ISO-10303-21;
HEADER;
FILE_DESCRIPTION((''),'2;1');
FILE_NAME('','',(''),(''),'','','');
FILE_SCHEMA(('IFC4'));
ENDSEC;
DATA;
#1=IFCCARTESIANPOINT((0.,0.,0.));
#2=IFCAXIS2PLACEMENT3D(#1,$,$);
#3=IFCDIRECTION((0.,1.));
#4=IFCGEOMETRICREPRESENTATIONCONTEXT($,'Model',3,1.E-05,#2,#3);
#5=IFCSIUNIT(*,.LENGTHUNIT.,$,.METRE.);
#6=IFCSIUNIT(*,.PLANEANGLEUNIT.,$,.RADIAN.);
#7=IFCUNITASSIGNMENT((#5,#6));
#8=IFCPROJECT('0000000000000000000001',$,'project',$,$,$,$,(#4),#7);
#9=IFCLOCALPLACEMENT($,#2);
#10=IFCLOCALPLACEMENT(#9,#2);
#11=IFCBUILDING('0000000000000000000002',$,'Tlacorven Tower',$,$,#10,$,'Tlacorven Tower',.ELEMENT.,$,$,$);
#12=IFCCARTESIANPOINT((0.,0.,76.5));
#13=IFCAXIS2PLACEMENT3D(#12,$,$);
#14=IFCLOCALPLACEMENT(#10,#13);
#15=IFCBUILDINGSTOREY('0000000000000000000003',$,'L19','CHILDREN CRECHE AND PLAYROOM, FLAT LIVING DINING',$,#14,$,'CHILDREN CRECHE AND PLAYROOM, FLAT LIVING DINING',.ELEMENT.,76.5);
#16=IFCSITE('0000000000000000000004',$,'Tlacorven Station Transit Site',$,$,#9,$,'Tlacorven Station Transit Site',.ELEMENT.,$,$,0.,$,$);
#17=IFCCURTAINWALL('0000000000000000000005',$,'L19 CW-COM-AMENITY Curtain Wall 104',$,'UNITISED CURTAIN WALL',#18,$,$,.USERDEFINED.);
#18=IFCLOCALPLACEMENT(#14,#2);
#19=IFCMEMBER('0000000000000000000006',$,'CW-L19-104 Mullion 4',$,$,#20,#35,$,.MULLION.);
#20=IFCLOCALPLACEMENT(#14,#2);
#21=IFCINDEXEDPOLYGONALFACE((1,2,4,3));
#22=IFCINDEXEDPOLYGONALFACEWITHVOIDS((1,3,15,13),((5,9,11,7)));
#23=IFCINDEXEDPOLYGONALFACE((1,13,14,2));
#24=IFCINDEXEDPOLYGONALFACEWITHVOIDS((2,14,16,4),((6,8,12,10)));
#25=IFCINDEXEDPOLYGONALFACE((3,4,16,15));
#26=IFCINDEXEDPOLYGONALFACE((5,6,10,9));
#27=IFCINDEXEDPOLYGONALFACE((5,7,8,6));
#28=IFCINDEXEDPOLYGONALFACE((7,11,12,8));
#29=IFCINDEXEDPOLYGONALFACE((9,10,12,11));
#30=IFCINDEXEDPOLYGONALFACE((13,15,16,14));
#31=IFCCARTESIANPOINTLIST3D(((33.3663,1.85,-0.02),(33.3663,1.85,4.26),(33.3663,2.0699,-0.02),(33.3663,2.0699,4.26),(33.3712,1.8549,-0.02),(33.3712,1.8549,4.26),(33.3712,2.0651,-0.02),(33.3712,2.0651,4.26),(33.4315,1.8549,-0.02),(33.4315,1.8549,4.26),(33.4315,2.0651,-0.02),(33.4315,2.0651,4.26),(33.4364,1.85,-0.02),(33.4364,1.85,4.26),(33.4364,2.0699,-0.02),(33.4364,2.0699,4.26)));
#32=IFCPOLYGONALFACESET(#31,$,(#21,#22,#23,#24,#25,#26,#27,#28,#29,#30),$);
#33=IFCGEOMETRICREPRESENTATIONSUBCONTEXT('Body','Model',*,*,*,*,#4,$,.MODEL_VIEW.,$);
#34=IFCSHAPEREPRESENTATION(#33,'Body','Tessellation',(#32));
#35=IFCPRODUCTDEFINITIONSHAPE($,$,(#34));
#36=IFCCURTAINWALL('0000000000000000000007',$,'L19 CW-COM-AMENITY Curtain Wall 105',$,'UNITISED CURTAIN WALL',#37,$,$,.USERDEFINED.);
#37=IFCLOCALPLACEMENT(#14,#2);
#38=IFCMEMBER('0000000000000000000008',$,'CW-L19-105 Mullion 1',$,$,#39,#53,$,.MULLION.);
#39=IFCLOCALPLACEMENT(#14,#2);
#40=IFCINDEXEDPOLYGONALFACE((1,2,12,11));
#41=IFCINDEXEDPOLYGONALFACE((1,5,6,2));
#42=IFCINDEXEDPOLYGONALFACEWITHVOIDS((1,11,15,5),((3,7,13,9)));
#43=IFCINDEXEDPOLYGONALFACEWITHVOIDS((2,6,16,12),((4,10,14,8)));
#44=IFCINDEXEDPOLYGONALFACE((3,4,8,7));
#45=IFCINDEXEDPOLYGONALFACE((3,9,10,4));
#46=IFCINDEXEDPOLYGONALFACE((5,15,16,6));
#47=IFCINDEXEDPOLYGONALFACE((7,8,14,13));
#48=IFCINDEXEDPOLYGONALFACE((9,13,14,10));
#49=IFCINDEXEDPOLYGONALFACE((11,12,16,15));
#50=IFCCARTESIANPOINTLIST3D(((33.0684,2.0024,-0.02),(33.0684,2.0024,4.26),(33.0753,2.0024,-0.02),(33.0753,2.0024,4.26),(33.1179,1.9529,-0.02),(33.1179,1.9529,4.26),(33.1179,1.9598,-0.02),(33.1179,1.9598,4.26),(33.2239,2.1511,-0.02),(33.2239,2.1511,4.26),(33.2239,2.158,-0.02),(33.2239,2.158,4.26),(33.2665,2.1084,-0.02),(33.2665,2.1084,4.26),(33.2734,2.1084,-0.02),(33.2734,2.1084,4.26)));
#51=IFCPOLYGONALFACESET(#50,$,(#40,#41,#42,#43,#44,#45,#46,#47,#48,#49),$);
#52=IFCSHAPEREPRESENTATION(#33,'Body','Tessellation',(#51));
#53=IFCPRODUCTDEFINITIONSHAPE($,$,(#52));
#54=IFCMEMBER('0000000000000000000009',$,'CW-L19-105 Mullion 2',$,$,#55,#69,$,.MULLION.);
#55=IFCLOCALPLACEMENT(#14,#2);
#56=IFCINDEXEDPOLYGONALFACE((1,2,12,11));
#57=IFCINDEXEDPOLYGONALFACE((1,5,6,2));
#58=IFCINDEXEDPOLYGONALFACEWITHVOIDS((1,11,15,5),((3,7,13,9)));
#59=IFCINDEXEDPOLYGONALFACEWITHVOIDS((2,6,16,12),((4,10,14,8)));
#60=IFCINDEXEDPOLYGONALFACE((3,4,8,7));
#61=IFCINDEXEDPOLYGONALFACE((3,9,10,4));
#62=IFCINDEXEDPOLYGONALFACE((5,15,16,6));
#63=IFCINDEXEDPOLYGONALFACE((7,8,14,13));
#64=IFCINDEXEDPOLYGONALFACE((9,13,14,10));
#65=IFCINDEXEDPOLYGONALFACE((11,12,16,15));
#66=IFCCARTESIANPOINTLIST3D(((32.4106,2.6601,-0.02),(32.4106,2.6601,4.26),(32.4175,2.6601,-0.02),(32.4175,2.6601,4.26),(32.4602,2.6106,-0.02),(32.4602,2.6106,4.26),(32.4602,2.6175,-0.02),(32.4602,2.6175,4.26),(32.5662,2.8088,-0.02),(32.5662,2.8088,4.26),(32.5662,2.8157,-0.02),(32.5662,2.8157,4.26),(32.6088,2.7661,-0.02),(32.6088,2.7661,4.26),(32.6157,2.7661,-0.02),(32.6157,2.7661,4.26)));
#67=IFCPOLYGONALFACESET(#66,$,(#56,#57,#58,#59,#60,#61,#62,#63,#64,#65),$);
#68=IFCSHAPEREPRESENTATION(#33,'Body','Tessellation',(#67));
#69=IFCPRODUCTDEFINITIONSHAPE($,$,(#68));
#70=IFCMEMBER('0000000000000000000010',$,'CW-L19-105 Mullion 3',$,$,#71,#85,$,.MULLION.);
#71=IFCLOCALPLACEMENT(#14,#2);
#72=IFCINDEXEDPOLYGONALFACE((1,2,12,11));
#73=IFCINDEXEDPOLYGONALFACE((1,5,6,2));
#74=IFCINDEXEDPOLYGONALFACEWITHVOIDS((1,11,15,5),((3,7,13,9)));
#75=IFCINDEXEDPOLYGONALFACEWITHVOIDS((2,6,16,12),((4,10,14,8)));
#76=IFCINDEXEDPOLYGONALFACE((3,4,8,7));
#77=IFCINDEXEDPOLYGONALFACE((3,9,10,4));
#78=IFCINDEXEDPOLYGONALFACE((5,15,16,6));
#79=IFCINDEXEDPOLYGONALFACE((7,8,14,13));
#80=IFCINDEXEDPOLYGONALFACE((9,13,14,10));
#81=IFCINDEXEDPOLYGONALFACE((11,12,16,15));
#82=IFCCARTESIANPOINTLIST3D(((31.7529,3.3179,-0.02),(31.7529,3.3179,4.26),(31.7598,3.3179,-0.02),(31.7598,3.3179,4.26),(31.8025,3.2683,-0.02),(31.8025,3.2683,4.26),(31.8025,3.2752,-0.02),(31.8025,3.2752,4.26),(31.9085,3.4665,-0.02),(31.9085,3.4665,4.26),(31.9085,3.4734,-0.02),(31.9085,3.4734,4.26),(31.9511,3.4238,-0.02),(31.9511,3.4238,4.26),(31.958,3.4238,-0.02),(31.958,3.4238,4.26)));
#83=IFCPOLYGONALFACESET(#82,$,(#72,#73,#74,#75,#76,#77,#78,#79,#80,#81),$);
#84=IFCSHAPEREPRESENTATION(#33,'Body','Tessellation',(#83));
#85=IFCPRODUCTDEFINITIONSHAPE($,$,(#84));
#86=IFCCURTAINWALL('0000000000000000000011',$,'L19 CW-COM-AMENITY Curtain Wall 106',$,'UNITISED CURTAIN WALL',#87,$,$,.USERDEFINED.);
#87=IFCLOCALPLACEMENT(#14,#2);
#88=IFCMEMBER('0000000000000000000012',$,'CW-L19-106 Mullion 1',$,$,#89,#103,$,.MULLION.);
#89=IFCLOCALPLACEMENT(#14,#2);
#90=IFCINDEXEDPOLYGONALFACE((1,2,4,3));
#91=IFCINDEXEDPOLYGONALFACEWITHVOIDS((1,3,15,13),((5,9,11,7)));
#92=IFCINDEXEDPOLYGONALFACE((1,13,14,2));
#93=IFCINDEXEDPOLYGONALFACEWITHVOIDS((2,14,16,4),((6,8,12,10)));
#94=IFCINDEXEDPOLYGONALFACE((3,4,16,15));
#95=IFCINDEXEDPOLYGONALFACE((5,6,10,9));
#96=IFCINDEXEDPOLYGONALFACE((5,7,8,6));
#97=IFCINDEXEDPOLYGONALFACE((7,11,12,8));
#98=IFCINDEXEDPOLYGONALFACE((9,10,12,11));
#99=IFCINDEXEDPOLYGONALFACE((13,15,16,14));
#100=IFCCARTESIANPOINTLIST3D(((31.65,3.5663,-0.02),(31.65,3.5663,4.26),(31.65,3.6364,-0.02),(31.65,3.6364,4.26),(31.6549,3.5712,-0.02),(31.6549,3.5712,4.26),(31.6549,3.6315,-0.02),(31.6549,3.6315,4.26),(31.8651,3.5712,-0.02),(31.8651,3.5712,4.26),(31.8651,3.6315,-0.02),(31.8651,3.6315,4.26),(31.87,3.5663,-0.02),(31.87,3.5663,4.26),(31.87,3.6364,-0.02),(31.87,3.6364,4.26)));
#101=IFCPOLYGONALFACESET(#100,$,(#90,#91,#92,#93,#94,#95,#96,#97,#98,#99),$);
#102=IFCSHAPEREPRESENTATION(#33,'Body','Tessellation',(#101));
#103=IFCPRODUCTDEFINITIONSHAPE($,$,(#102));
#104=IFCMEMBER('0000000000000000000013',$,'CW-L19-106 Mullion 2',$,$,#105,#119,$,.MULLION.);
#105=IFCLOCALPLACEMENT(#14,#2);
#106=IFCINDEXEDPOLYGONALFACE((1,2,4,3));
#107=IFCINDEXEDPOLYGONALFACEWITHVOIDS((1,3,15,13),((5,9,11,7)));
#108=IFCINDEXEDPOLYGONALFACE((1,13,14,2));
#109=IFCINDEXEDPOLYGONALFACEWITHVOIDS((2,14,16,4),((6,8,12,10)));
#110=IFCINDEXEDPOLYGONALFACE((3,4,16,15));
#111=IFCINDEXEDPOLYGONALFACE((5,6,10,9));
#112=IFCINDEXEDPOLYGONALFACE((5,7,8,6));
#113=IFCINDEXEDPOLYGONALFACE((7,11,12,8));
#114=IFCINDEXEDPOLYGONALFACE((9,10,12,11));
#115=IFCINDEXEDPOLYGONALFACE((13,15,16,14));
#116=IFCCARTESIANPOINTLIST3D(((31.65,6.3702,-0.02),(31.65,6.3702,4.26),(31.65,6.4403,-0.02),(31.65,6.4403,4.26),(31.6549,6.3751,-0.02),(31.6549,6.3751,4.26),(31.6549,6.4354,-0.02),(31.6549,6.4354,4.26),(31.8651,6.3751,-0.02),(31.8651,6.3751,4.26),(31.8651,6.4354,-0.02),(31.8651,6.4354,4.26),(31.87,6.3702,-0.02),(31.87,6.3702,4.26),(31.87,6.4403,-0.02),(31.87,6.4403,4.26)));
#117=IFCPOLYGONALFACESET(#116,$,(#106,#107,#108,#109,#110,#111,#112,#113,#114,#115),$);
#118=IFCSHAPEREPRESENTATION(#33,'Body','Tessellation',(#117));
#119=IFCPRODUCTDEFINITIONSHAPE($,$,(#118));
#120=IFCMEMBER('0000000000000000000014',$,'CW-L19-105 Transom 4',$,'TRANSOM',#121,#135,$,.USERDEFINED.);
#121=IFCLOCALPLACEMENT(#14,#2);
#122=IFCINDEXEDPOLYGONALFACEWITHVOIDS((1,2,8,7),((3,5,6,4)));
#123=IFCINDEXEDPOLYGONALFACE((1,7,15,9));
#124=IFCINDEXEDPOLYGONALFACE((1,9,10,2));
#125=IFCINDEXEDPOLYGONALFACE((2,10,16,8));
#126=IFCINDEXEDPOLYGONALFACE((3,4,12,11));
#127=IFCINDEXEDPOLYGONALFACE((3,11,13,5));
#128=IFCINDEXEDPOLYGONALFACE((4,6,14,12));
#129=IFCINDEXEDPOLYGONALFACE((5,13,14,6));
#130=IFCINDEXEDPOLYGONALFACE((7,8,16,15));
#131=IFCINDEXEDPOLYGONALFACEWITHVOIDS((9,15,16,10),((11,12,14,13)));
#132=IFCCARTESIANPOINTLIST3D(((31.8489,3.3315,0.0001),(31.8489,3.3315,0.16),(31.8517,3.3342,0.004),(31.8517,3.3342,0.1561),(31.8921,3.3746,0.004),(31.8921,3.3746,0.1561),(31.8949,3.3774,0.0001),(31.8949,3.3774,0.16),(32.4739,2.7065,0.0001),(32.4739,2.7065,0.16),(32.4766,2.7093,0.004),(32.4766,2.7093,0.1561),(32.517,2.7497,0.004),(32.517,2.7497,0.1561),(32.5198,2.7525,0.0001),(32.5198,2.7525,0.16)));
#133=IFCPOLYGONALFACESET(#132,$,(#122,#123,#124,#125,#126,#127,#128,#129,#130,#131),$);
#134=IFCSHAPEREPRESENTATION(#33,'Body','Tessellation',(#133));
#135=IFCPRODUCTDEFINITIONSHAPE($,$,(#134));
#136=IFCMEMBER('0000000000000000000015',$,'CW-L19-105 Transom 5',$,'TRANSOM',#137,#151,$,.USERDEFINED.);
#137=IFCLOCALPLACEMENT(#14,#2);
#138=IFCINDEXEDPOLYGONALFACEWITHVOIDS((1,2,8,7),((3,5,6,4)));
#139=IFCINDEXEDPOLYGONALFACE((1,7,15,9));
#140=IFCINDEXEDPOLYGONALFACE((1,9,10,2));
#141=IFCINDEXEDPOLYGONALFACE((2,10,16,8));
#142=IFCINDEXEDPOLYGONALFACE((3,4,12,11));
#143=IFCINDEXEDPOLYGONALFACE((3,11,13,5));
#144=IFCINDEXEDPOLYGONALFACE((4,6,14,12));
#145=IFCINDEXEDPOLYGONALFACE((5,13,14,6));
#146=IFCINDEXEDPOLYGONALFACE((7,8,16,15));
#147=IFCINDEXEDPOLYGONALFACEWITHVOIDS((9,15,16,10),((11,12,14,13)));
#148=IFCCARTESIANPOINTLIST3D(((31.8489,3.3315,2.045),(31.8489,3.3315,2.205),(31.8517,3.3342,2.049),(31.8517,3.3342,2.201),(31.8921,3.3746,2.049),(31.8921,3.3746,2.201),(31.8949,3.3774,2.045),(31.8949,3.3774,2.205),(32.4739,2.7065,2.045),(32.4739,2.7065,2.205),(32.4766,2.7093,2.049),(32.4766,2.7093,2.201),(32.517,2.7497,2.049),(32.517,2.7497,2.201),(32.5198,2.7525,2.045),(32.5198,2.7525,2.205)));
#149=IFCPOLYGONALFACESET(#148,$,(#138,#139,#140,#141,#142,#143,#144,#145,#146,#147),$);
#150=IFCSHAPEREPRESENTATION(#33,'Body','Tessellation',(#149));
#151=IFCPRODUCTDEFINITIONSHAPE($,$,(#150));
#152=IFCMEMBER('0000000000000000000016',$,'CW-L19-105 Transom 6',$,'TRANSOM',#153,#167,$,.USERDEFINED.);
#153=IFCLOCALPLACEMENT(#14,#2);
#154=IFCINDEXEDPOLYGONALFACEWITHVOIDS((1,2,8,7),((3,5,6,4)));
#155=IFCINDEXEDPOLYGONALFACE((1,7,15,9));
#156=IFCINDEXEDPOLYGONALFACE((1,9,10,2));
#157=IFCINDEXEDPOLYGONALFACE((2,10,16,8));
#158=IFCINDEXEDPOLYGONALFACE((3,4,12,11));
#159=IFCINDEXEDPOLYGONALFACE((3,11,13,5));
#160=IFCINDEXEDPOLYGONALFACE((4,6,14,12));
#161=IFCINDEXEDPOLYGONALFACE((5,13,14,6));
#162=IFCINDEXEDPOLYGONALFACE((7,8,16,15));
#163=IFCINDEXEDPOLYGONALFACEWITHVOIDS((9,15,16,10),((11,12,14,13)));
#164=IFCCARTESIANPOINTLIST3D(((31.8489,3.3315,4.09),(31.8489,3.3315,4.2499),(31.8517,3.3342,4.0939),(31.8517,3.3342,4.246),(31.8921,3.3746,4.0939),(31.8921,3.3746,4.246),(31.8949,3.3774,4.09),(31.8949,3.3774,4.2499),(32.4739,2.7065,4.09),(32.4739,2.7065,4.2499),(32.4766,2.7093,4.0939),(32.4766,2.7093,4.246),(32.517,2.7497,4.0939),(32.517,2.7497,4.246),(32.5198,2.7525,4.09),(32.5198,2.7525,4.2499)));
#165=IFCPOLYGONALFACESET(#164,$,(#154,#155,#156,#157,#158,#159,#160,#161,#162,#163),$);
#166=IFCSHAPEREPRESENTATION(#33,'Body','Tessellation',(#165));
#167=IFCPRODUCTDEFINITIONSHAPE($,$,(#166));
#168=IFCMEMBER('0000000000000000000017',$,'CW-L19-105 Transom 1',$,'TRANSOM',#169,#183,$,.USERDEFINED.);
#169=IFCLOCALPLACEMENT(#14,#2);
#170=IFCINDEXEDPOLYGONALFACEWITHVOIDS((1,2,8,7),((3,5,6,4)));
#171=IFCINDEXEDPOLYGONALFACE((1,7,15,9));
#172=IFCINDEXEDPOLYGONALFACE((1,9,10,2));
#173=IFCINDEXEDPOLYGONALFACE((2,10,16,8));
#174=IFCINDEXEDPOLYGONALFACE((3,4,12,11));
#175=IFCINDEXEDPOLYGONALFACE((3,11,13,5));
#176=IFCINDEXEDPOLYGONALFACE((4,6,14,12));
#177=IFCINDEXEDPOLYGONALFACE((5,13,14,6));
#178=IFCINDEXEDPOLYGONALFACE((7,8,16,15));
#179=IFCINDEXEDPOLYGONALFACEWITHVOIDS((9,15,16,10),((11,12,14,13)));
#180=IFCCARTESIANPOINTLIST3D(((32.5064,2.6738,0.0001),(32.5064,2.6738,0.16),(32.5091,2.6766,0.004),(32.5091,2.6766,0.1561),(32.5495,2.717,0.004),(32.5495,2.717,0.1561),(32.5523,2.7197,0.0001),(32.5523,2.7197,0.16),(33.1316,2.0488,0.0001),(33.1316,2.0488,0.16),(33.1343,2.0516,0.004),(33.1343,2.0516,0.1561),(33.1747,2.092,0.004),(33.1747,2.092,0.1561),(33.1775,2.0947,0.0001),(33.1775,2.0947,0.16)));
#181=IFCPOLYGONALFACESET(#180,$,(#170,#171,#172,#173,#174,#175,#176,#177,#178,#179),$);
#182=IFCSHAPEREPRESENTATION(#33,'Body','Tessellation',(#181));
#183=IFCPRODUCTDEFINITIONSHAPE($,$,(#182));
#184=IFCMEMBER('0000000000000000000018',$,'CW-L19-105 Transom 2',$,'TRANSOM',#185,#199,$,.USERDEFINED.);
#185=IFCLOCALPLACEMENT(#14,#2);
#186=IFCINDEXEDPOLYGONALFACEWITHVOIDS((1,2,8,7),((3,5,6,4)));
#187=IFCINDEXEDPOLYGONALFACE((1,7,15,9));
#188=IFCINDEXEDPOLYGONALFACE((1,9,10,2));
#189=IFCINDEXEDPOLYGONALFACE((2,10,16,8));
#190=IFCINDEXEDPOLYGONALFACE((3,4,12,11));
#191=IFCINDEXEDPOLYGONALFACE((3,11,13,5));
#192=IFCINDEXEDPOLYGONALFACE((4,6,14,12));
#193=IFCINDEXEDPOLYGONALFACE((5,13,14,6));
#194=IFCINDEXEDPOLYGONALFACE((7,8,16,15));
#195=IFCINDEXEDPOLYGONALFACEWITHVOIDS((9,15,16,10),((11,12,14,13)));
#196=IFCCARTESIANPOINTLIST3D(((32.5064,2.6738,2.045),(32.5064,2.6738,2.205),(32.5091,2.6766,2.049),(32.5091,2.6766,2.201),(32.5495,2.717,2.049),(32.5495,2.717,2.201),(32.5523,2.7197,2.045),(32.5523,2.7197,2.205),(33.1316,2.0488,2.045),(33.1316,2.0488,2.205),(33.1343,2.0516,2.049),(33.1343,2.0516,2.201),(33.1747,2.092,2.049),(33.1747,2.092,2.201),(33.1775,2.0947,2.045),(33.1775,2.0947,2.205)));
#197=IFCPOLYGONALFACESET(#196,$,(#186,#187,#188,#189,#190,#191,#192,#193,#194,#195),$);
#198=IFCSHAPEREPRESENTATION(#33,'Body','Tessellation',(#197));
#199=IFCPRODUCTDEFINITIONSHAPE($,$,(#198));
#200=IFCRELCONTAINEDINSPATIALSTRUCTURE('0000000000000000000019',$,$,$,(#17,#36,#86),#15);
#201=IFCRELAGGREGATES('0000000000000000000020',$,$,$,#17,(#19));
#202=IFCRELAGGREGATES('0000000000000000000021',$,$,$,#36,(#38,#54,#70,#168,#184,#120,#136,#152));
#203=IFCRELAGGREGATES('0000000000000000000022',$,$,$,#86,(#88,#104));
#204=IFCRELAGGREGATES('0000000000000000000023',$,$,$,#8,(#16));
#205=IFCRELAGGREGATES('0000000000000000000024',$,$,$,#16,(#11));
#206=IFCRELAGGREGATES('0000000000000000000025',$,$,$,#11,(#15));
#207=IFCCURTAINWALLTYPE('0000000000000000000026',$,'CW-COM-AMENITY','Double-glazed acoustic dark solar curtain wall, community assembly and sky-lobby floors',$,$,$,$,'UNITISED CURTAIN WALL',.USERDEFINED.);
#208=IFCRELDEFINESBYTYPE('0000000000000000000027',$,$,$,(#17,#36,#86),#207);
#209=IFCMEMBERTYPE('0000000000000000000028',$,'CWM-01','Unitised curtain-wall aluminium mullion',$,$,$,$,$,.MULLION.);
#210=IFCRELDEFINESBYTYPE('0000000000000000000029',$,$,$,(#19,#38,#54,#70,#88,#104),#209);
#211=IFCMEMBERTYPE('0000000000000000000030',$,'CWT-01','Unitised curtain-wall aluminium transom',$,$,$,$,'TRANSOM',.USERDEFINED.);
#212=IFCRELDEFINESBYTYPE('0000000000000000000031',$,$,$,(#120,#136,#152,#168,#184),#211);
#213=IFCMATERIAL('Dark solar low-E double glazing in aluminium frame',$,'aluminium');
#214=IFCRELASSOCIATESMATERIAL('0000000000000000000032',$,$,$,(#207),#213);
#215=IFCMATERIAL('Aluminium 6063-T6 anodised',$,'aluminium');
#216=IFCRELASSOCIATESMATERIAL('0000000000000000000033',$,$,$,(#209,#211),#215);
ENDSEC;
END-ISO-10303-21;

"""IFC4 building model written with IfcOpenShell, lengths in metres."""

from ifc_helpers import new_model, si_unit, direction, frame, origin, origin_2d, place, context, subcontext, project, spatial, hollow_rectangle, extrude, source, transform, mapped, material, material_profile, profile_set, type_object, element, aggregate, save


model = new_model("IFC4")

# Units and contexts
model_context = context("Model", 3, precision=1e-05, world=origin(), true_north=direction((0.0, 1.0)))
body_context = subcontext(model_context, "Body", "Model", "MODEL_VIEW")
ifc_project = project(units=[si_unit("LENGTHUNIT", "METRE"), si_unit("PLANEANGLEUNIT", "RADIAN")], contexts=[model_context])

# Site, building, storey
site_placement = place(None, origin())
site = spatial("IfcSite", under=ifc_project, at=site_placement, Name="Tlacorven Station Transit Site", LongName="Tlacorven Station Transit Site", CompositionType="ELEMENT", RefElevation=0.0)
building_placement = place(site_placement, origin())
building = spatial("IfcBuilding", under=site, at=building_placement, Name="Tlacorven Tower", LongName="Tlacorven Tower", CompositionType="ELEMENT")
storey_placement = place(building_placement, frame((0.0, 0.0, 76.5)))
storey = spatial("IfcBuildingStorey", under=building, at=storey_placement, Name="L19", Description="CHILDREN CRECHE AND PLAYROOM, FLAT LIVING DINING", LongName="CHILDREN CRECHE AND PLAYROOM, FLAT LIVING DINING", CompositionType="ELEMENT", Elevation=76.5)

# Curtain wall, member
ifc_material_1 = material(Name="Dark solar low-E double glazing in aluminium frame", Category="aluminium")
curtain_wall_type = type_object("IfcCurtainWallType", Name="CW-COM-AMENITY", Description="Double-glazed acoustic dark solar curtain wall, community assembly and sky-lobby floors", ElementType="UNITISED CURTAIN WALL", PredefinedType="USERDEFINED", material=ifc_material_1)
curtain_wall_1_placement = place(storey_placement, origin())
curtain_wall_1 = element("IfcCurtainWall", 1, at=curtain_wall_1_placement, inside=storey, type_object=curtain_wall_type, Name="L19 CW-COM-AMENITY Curtain Wall 104", ObjectType="UNITISED CURTAIN WALL", PredefinedType="USERDEFINED")
ifc_material_2 = material(Name="Aluminium 6063-T6 anodised", Category="aluminium")
ifc_material_profile_1 = material_profile(ifc_material_2, hollow_rectangle(XDim=0.0701, YDim=0.22, WallThickness=0.0049, at=origin_2d()), Name="ALU MULLION 70X220")
ifc_profile_set_1 = profile_set([ifc_material_profile_1], Name="Aluminium 6063-T6 anodised")
member_type_1 = type_object("IfcMemberType", Name="CWM-01", Description="Unitised curtain-wall aluminium mullion", PredefinedType="MULLION", material=ifc_profile_set_1)
shared_shape_1 = source(origin(), body_context, "Body", "SweptSolid", [
    extrude(hollow_rectangle(XDim=0.0701, YDim=0.22, WallThickness=0.0049, at=origin_2d()), origin(), (0.0, 0.0, 1.0), 4.28),
])
member_1_placement = place(storey_placement, frame((33.4014, 1.96, -0.02), z_axis=(0.0, 0.0, 1.0), x_axis=(-1.0, 0.0, 0.0)))
member_1 = element("IfcMember", 2, at=member_1_placement, type_object=member_type_1, Name="CW-L19-104 Mullion 4", PredefinedType="MULLION", context=body_context, shape_type="MappedRepresentation", body=[
    mapped(shared_shape_1, transform((0.0, 0.0, 0.0), scale=1.0)),
])
aggregate(curtain_wall_1, [member_1])

# Curtain walls, members
curtain_wall_2_placement = place(storey_placement, origin())
curtain_wall_2 = element("IfcCurtainWall", 3, at=curtain_wall_2_placement, inside=storey, type_object=curtain_wall_type, Name="L19 CW-COM-AMENITY Curtain Wall 105", ObjectType="UNITISED CURTAIN WALL", PredefinedType="USERDEFINED")
member_2_placement = place(storey_placement, frame((33.1709, 2.0554, -0.02), z_axis=(0.0, 0.0, 1.0), x_axis=(-0.707107, 0.707107, 0.0)))
member_2 = element("IfcMember", 4, at=member_2_placement, type_object=member_type_1, Name="CW-L19-105 Mullion 1", PredefinedType="MULLION", context=body_context, shape_type="MappedRepresentation", body=[
    mapped(shared_shape_1, transform((0.0, 0.0, 0.0), scale=1.0)),
])
member_3_placement = place(storey_placement, frame((32.5132, 2.7131, -0.02), z_axis=(0.0, 0.0, 1.0), x_axis=(-0.707107, 0.707107, 0.0)))
member_3 = element("IfcMember", 5, at=member_3_placement, type_object=member_type_1, Name="CW-L19-105 Mullion 2", PredefinedType="MULLION", context=body_context, shape_type="MappedRepresentation", body=[
    mapped(shared_shape_1, transform((0.0, 0.0, 0.0), scale=1.0)),
])
member_4_placement = place(storey_placement, frame((31.8555, 3.3708, -0.02), z_axis=(0.0, 0.0, 1.0), x_axis=(-0.707107, 0.707107, 0.0)))
member_4 = element("IfcMember", 6, at=member_4_placement, type_object=member_type_1, Name="CW-L19-105 Mullion 3", PredefinedType="MULLION", context=body_context, shape_type="MappedRepresentation", body=[
    mapped(shared_shape_1, transform((0.0, 0.0, 0.0), scale=1.0)),
])
curtain_wall_3_placement = place(storey_placement, origin())
curtain_wall_3 = element("IfcCurtainWall", 7, at=curtain_wall_3_placement, inside=storey, type_object=curtain_wall_type, Name="L19 CW-COM-AMENITY Curtain Wall 106", ObjectType="UNITISED CURTAIN WALL", PredefinedType="USERDEFINED")
member_5_placement = place(storey_placement, frame((31.76, 3.6013, -0.02), z_axis=(0.0, 0.0, 1.0), x_axis=(0.0, 1.0, 0.0)))
member_5 = element("IfcMember", 8, at=member_5_placement, type_object=member_type_1, Name="CW-L19-106 Mullion 1", PredefinedType="MULLION", context=body_context, shape_type="MappedRepresentation", body=[
    mapped(shared_shape_1, transform((0.0, 0.0, 0.0), scale=1.0)),
])
member_6_placement = place(storey_placement, frame((31.76, 6.4053, -0.02), z_axis=(0.0, 0.0, 1.0), x_axis=(0.0, 1.0, 0.0)))
member_6 = element("IfcMember", 9, at=member_6_placement, type_object=member_type_1, Name="CW-L19-106 Mullion 2", PredefinedType="MULLION", context=body_context, shape_type="MappedRepresentation", body=[
    mapped(shared_shape_1, transform((0.0, 0.0, 0.0), scale=1.0)),
])

# Members
ifc_material_profile_2 = material_profile(ifc_material_2, hollow_rectangle(XDim=0.0649, YDim=0.1599, WallThickness=0.0039, at=origin_2d()), Name="ALU TRANSOM 65X160")
ifc_profile_set_2 = profile_set([ifc_material_profile_2], Name="Aluminium 6063-T6 anodised")
member_type_2 = type_object("IfcMemberType", Name="CWT-01", Description="Unitised curtain-wall aluminium transom", ElementType="TRANSOM", PredefinedType="USERDEFINED", material=ifc_profile_set_2)
shared_shape_2 = source(origin(), body_context, "Body", "SweptSolid", [
    extrude(hollow_rectangle(XDim=0.0649, YDim=0.1599, WallThickness=0.0039, at=origin_2d()), origin(), (0.0, 0.0, 1.0), 0.8838),
])
member_7_placement = place(storey_placement, frame((32.4968, 2.7295, 0.0801), z_axis=(-0.707107, 0.707107, 0.0), x_axis=(-0.707107, -0.707107, 0.0)))
member_7 = element("IfcMember", 10, at=member_7_placement, type_object=member_type_2, Name="CW-L19-105 Transom 4", ObjectType="TRANSOM", PredefinedType="USERDEFINED", context=body_context, shape_type="MappedRepresentation", body=[
    mapped(shared_shape_2, transform((0.0, 0.0, 0.0), scale=1.0)),
])
member_8_placement = place(storey_placement, frame((32.4968, 2.7295, 2.125), z_axis=(-0.707107, 0.707107, 0.0), x_axis=(-0.707107, -0.707107, 0.0)))
member_8 = element("IfcMember", 11, at=member_8_placement, type_object=member_type_2, Name="CW-L19-105 Transom 5", ObjectType="TRANSOM", PredefinedType="USERDEFINED", context=body_context, shape_type="MappedRepresentation", body=[
    mapped(shared_shape_2, transform((0.0, 0.0, 0.0), scale=1.0)),
])
member_9_placement = place(storey_placement, frame((32.4968, 2.7295, 4.1699), z_axis=(-0.707107, 0.707107, 0.0), x_axis=(-0.707107, -0.707107, 0.0)))
member_9 = element("IfcMember", 12, at=member_9_placement, type_object=member_type_2, Name="CW-L19-105 Transom 6", ObjectType="TRANSOM", PredefinedType="USERDEFINED", context=body_context, shape_type="MappedRepresentation", body=[
    mapped(shared_shape_2, transform((0.0, 0.0, 0.0), scale=1.0)),
])
shared_shape_3 = source(origin(), body_context, "Body", "SweptSolid", [
    extrude(hollow_rectangle(XDim=0.0649, YDim=0.1599, WallThickness=0.0039, at=origin_2d()), origin(), (0.0, 0.0, 1.0), 0.884),
])
member_10_placement = place(storey_placement, frame((33.1545, 2.0718, 0.0801), z_axis=(-0.707245, 0.706969, 0.0), x_axis=(-0.706969, -0.707245, 0.0)))
member_10 = element("IfcMember", 13, at=member_10_placement, type_object=member_type_2, Name="CW-L19-105 Transom 1", ObjectType="TRANSOM", PredefinedType="USERDEFINED", context=body_context, shape_type="MappedRepresentation", body=[
    mapped(shared_shape_3, transform((0.0, 0.0, 0.0), scale=1.0)),
])
member_11_placement = place(storey_placement, frame((33.1545, 2.0718, 2.125), z_axis=(-0.707245, 0.706969, 0.0), x_axis=(-0.706969, -0.707245, 0.0)))
member_11 = element("IfcMember", 14, at=member_11_placement, type_object=member_type_2, Name="CW-L19-105 Transom 2", ObjectType="TRANSOM", PredefinedType="USERDEFINED", context=body_context, shape_type="MappedRepresentation", body=[
    mapped(shared_shape_3, transform((0.0, 0.0, 0.0), scale=1.0)),
])

aggregate(curtain_wall_2, [member_2, member_3, member_4, member_10, member_11, member_7, member_8, member_9])
aggregate(curtain_wall_3, [member_5, member_6])

save(model, "model.ifc")
